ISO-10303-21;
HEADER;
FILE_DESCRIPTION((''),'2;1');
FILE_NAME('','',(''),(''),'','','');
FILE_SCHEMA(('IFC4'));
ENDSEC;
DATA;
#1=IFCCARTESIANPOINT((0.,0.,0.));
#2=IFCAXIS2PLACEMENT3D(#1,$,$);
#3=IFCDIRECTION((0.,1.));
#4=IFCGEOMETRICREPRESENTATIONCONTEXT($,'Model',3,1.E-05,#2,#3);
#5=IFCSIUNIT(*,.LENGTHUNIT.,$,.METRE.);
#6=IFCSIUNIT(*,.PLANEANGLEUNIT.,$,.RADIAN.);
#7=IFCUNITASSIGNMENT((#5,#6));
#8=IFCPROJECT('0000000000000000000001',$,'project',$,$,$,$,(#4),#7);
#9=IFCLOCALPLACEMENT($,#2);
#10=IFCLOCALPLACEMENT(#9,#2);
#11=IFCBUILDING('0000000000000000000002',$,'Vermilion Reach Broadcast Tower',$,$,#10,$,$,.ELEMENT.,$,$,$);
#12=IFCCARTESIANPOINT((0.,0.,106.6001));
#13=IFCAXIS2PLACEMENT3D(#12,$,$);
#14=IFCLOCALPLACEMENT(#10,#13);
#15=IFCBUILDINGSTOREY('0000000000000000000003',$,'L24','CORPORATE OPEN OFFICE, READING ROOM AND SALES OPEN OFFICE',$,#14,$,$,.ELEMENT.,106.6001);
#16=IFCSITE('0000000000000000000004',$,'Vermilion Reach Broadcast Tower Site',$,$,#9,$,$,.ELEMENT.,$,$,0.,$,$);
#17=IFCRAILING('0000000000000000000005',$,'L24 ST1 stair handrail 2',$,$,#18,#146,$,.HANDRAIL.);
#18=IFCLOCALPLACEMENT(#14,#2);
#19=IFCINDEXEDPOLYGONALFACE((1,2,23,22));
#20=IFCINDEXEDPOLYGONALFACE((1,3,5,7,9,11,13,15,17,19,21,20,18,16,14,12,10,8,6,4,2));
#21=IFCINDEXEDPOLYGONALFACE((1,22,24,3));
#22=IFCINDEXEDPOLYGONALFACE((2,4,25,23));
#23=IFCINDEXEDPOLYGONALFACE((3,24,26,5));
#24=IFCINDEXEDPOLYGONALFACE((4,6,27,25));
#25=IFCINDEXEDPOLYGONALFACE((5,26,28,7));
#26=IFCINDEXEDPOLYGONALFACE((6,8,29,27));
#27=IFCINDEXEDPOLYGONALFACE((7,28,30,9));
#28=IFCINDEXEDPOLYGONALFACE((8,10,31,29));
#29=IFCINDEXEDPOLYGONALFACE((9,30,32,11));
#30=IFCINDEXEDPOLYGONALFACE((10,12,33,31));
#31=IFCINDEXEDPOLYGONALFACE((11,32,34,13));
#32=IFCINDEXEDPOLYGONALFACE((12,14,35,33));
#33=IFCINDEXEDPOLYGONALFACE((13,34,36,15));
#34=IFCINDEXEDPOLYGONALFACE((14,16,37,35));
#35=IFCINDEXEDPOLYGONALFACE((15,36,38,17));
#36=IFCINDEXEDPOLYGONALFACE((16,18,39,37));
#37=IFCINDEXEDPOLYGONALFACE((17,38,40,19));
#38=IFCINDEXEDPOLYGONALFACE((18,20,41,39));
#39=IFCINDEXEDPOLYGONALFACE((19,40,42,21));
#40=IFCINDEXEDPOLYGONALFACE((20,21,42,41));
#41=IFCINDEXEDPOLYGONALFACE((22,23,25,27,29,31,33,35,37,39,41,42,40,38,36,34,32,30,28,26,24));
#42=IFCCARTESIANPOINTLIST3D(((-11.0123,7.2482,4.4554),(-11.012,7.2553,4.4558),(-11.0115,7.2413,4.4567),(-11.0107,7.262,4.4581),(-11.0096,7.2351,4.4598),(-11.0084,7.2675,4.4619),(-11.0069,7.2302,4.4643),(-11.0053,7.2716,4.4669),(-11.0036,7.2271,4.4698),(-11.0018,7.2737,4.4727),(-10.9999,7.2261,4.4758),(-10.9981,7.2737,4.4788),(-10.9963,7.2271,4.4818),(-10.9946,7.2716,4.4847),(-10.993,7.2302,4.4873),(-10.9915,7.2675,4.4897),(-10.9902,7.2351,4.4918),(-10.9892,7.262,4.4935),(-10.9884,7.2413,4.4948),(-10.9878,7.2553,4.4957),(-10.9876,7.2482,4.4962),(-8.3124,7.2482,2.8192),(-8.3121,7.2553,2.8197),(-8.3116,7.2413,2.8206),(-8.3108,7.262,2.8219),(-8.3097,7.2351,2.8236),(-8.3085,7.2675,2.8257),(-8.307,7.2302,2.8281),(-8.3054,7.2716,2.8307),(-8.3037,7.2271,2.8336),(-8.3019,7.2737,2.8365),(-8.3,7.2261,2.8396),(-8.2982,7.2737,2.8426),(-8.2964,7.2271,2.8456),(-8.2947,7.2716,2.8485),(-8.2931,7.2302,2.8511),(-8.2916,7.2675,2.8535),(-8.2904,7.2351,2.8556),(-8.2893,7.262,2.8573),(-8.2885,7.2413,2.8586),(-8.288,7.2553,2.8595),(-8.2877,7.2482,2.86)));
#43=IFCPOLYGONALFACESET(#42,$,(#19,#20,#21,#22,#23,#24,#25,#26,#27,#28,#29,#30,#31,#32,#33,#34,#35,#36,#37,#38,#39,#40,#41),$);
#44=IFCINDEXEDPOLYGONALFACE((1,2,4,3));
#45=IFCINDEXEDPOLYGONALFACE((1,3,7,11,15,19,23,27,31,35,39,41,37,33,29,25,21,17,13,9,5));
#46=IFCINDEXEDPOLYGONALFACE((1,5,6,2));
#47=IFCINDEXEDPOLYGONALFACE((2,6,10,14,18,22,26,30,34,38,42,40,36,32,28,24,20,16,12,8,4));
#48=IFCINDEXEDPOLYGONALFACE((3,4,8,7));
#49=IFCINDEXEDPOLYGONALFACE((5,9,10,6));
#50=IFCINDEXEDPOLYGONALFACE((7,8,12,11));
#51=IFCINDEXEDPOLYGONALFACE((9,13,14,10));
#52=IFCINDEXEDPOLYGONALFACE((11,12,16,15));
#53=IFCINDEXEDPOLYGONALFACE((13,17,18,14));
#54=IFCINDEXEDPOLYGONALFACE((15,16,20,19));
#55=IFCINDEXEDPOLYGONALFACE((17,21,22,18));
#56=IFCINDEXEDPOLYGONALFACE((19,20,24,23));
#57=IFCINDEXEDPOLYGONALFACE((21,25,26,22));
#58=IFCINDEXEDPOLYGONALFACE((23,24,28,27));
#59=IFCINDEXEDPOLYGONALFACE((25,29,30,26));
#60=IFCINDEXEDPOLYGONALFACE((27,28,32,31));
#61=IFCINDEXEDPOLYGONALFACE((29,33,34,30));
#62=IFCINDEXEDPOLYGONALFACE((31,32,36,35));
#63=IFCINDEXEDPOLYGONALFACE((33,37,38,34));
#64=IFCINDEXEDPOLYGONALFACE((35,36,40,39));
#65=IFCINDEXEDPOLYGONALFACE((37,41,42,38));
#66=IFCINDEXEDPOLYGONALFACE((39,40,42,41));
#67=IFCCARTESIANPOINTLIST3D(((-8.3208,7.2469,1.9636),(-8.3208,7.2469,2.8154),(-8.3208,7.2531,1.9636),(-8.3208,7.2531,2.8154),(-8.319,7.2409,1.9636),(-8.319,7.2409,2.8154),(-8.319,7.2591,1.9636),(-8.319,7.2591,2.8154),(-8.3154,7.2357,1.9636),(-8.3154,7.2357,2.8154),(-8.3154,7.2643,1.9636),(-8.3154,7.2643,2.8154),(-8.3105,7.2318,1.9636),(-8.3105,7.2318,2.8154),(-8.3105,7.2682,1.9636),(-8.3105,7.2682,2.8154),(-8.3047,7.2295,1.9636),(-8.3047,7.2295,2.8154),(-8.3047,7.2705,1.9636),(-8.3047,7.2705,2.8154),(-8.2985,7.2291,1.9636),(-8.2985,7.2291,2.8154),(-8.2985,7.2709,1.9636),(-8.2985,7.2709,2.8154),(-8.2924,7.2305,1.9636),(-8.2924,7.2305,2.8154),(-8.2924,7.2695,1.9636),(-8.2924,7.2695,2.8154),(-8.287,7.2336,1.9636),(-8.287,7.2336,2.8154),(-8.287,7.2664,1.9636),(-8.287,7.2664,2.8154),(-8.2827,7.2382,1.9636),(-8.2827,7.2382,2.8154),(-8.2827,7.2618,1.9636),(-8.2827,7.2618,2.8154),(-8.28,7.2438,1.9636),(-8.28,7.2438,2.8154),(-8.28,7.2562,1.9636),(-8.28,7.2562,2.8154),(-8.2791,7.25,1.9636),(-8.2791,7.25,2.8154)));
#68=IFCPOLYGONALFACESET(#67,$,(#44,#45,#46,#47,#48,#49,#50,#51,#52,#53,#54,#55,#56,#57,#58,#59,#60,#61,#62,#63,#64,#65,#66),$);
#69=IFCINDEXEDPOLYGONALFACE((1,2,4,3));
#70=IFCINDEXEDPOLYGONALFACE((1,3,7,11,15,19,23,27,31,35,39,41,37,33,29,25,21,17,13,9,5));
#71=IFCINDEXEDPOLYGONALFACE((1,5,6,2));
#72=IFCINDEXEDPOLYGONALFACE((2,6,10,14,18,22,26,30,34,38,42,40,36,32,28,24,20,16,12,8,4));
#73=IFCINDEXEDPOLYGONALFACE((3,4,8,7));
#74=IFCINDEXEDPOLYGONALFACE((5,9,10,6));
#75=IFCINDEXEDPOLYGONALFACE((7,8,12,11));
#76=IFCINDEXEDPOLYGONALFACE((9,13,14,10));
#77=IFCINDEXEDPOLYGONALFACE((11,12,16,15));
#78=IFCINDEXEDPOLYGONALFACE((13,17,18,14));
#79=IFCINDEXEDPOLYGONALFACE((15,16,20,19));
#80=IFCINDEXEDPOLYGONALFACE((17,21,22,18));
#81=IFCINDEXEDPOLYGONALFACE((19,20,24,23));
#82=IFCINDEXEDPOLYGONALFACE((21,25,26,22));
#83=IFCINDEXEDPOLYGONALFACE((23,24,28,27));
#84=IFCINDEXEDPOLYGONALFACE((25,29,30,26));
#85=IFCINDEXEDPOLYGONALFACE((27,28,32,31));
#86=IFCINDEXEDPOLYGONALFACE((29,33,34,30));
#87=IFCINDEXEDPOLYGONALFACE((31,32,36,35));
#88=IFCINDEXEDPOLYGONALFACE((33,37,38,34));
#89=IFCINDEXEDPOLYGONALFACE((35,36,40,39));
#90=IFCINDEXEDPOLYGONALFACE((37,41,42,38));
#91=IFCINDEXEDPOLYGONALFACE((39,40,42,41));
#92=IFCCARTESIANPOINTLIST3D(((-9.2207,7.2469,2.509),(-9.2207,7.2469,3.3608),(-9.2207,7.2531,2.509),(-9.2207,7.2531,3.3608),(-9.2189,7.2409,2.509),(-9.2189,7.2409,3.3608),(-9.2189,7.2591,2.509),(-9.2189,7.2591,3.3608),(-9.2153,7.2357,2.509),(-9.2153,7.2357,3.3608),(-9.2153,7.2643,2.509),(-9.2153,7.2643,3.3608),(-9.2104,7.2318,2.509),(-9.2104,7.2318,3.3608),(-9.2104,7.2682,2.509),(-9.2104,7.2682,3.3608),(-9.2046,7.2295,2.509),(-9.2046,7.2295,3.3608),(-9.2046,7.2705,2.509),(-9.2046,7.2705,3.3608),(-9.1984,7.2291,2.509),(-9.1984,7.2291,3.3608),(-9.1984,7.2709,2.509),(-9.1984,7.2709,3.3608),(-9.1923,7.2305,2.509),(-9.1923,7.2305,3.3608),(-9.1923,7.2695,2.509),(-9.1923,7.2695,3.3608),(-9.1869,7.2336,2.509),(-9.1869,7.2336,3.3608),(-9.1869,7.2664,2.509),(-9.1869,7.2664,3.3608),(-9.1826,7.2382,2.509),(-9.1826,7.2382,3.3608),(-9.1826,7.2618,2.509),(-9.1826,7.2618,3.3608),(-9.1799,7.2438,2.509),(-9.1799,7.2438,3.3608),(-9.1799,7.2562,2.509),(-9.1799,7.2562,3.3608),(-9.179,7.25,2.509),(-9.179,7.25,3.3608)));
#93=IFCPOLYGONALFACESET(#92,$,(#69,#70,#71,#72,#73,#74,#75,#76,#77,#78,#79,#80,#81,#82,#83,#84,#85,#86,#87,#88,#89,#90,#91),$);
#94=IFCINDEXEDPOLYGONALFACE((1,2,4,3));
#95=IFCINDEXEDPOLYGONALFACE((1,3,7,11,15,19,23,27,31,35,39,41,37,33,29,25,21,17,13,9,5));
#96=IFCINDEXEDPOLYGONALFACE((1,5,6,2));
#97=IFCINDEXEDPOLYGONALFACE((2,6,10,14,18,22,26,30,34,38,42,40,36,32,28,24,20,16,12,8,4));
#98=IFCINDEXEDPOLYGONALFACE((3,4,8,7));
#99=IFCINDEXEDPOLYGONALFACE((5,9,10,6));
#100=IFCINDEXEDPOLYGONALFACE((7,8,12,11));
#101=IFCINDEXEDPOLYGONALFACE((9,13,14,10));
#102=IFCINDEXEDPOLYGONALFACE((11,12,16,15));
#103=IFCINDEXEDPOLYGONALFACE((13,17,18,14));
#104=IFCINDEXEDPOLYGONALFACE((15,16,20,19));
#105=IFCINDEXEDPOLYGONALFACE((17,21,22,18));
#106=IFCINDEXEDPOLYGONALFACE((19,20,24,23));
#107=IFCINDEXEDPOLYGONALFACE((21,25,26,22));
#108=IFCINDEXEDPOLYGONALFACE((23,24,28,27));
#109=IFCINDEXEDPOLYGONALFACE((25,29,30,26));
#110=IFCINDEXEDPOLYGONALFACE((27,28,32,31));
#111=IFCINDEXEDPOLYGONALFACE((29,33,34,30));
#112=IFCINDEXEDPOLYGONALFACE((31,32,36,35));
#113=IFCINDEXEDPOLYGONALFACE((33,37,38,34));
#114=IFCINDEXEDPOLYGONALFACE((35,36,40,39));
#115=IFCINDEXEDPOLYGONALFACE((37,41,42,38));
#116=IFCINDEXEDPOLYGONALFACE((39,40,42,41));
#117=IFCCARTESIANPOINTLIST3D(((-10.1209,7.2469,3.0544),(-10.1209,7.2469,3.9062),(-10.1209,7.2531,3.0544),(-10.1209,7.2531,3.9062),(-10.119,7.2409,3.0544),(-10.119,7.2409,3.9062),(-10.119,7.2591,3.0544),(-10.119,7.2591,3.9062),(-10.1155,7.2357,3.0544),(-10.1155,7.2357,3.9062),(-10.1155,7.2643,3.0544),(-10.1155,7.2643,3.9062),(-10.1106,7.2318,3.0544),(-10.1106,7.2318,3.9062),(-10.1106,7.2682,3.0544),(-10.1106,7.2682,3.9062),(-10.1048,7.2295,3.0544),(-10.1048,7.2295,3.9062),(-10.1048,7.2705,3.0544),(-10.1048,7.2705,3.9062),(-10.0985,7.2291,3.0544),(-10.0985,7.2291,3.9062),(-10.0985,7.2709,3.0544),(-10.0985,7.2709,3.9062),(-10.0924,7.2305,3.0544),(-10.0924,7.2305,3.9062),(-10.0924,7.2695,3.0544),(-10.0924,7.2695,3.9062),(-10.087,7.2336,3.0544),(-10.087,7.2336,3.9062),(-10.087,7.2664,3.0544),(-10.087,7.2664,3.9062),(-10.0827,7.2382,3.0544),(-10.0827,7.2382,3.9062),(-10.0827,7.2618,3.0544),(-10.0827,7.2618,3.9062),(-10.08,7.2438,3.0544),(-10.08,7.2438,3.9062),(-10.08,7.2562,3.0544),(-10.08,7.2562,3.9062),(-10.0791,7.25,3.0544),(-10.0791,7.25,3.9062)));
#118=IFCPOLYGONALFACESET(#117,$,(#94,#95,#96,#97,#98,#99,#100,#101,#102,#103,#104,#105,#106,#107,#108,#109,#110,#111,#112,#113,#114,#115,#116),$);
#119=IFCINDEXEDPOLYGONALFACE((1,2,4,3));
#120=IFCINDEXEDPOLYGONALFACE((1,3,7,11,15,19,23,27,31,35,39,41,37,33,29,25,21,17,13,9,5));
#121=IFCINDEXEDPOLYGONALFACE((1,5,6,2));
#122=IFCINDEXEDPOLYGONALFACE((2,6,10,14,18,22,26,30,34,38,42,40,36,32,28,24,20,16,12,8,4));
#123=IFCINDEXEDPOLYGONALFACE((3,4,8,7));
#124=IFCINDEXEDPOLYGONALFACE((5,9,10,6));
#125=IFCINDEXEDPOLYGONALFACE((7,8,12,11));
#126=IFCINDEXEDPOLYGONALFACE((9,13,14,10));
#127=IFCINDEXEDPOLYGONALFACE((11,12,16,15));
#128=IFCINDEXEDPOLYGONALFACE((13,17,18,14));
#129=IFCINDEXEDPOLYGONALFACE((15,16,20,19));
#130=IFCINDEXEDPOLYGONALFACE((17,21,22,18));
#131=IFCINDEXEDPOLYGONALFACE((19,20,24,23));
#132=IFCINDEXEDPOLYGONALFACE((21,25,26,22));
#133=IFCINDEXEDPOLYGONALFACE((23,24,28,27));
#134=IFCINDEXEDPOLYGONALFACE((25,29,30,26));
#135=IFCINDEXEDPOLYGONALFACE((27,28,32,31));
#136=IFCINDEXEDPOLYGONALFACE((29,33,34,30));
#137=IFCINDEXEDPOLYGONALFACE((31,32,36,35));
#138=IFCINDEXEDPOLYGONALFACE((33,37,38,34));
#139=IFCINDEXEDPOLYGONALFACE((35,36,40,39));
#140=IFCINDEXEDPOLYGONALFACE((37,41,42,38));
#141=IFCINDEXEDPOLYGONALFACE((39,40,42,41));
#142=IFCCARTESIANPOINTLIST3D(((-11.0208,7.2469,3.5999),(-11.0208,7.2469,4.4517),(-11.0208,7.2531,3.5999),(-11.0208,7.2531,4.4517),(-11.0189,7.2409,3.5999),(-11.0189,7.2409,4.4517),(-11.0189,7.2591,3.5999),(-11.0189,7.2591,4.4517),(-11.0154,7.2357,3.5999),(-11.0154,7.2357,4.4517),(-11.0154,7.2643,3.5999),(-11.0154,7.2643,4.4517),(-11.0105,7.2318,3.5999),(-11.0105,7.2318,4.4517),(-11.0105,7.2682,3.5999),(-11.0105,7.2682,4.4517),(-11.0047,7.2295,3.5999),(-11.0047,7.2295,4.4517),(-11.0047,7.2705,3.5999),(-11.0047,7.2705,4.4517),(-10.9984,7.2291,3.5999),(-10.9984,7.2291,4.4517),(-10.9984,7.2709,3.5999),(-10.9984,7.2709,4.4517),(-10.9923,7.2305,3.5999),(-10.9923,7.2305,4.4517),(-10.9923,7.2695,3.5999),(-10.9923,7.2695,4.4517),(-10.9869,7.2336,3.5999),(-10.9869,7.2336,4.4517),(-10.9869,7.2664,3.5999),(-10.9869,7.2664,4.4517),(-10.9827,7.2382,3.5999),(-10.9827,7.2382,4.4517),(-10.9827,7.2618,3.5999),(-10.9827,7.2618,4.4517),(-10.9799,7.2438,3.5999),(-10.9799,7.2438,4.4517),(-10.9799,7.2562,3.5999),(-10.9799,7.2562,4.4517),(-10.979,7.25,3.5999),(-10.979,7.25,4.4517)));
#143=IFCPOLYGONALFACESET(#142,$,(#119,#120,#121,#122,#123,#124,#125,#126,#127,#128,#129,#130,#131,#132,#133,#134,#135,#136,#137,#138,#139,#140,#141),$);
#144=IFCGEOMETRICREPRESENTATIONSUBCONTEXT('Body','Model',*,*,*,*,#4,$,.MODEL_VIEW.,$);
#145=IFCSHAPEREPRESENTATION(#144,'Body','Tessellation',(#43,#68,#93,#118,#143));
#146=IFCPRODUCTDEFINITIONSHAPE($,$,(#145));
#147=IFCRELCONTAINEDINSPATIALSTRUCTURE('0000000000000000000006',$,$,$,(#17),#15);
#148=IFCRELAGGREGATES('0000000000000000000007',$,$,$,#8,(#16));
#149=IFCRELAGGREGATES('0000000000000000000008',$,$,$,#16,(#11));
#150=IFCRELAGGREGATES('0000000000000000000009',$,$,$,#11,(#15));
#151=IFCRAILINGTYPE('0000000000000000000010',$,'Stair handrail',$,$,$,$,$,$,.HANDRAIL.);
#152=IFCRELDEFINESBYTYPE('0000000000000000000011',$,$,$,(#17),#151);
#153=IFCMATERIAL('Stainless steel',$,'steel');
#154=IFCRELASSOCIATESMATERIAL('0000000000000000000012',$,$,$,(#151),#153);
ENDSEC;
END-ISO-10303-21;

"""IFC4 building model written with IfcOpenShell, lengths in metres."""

from ifc_helpers import new_model, si_unit, direction, frame, origin, origin_2d, place, context, subcontext, project, spatial, circle, extrude, material, type_object, element, save


model = new_model("IFC4")

# Units and contexts
model_context = context("Model", 3, precision=1e-05, world=origin(), true_north=direction((0.0, 1.0)))
body_context = subcontext(model_context, "Body", "Model", "MODEL_VIEW")
ifc_project = project(units=[si_unit("LENGTHUNIT", "METRE"), si_unit("PLANEANGLEUNIT", "RADIAN")], contexts=[model_context])

# Site, building, storey
site_placement = place(None, origin())
site = spatial("IfcSite", under=ifc_project, at=site_placement, Name="Vermilion Reach Broadcast Tower Site", CompositionType="ELEMENT", RefElevation=0.0)
building_placement = place(site_placement, origin())
building = spatial("IfcBuilding", under=site, at=building_placement, Name="Vermilion Reach Broadcast Tower", CompositionType="ELEMENT")
storey_placement = place(building_placement, frame((0.0, 0.0, 106.6001)))
storey = spatial("IfcBuildingStorey", under=building, at=storey_placement, Name="L24", Description="CORPORATE OPEN OFFICE, READING ROOM AND SALES OPEN OFFICE", CompositionType="ELEMENT", Elevation=106.6001)

# Railing
ifc_material_1 = material(Name="Stainless steel", Category="steel")
railing_type_1 = type_object("IfcRailingType", Name="Stair handrail", PredefinedType="HANDRAIL", material=ifc_material_1)
railing_1_placement = place(storey_placement, frame((-8.3, 7.25, 1.9636)))
element("IfcRailing", 1, at=railing_1_placement, inside=storey, type_object=railing_type_1, Name="L24 ST1 stair handrail 2", PredefinedType="HANDRAIL", context=body_context, shape_type="SweptSolid", body=[
    extrude(circle(Radius=0.0239, at=origin_2d()), frame((0.0, 0.0, 0.876), z_axis=(-0.855212, 0.0, 0.518278), x_axis=(0.0, -1.0, 0.0)), (0.0, 0.0, 1.0), 3.157),
    extrude(circle(Radius=0.021, at=origin_2d()), origin(), (0.0, 0.0, 1.0), 0.8518),
    extrude(circle(Radius=0.021, at=origin_2d()), frame((-0.8999, 0.0, 0.5454)), (0.0, 0.0, 1.0), 0.8518),
    extrude(circle(Radius=0.021, at=origin_2d()), frame((-1.8, 0.0, 1.0908)), (0.0, 0.0, 1.0), 0.8518),
    extrude(circle(Radius=0.021, at=origin_2d()), frame((-2.7, 0.0, 1.6362)), (0.0, 0.0, 1.0), 0.8518),
])

save(model, "model.ifc")
